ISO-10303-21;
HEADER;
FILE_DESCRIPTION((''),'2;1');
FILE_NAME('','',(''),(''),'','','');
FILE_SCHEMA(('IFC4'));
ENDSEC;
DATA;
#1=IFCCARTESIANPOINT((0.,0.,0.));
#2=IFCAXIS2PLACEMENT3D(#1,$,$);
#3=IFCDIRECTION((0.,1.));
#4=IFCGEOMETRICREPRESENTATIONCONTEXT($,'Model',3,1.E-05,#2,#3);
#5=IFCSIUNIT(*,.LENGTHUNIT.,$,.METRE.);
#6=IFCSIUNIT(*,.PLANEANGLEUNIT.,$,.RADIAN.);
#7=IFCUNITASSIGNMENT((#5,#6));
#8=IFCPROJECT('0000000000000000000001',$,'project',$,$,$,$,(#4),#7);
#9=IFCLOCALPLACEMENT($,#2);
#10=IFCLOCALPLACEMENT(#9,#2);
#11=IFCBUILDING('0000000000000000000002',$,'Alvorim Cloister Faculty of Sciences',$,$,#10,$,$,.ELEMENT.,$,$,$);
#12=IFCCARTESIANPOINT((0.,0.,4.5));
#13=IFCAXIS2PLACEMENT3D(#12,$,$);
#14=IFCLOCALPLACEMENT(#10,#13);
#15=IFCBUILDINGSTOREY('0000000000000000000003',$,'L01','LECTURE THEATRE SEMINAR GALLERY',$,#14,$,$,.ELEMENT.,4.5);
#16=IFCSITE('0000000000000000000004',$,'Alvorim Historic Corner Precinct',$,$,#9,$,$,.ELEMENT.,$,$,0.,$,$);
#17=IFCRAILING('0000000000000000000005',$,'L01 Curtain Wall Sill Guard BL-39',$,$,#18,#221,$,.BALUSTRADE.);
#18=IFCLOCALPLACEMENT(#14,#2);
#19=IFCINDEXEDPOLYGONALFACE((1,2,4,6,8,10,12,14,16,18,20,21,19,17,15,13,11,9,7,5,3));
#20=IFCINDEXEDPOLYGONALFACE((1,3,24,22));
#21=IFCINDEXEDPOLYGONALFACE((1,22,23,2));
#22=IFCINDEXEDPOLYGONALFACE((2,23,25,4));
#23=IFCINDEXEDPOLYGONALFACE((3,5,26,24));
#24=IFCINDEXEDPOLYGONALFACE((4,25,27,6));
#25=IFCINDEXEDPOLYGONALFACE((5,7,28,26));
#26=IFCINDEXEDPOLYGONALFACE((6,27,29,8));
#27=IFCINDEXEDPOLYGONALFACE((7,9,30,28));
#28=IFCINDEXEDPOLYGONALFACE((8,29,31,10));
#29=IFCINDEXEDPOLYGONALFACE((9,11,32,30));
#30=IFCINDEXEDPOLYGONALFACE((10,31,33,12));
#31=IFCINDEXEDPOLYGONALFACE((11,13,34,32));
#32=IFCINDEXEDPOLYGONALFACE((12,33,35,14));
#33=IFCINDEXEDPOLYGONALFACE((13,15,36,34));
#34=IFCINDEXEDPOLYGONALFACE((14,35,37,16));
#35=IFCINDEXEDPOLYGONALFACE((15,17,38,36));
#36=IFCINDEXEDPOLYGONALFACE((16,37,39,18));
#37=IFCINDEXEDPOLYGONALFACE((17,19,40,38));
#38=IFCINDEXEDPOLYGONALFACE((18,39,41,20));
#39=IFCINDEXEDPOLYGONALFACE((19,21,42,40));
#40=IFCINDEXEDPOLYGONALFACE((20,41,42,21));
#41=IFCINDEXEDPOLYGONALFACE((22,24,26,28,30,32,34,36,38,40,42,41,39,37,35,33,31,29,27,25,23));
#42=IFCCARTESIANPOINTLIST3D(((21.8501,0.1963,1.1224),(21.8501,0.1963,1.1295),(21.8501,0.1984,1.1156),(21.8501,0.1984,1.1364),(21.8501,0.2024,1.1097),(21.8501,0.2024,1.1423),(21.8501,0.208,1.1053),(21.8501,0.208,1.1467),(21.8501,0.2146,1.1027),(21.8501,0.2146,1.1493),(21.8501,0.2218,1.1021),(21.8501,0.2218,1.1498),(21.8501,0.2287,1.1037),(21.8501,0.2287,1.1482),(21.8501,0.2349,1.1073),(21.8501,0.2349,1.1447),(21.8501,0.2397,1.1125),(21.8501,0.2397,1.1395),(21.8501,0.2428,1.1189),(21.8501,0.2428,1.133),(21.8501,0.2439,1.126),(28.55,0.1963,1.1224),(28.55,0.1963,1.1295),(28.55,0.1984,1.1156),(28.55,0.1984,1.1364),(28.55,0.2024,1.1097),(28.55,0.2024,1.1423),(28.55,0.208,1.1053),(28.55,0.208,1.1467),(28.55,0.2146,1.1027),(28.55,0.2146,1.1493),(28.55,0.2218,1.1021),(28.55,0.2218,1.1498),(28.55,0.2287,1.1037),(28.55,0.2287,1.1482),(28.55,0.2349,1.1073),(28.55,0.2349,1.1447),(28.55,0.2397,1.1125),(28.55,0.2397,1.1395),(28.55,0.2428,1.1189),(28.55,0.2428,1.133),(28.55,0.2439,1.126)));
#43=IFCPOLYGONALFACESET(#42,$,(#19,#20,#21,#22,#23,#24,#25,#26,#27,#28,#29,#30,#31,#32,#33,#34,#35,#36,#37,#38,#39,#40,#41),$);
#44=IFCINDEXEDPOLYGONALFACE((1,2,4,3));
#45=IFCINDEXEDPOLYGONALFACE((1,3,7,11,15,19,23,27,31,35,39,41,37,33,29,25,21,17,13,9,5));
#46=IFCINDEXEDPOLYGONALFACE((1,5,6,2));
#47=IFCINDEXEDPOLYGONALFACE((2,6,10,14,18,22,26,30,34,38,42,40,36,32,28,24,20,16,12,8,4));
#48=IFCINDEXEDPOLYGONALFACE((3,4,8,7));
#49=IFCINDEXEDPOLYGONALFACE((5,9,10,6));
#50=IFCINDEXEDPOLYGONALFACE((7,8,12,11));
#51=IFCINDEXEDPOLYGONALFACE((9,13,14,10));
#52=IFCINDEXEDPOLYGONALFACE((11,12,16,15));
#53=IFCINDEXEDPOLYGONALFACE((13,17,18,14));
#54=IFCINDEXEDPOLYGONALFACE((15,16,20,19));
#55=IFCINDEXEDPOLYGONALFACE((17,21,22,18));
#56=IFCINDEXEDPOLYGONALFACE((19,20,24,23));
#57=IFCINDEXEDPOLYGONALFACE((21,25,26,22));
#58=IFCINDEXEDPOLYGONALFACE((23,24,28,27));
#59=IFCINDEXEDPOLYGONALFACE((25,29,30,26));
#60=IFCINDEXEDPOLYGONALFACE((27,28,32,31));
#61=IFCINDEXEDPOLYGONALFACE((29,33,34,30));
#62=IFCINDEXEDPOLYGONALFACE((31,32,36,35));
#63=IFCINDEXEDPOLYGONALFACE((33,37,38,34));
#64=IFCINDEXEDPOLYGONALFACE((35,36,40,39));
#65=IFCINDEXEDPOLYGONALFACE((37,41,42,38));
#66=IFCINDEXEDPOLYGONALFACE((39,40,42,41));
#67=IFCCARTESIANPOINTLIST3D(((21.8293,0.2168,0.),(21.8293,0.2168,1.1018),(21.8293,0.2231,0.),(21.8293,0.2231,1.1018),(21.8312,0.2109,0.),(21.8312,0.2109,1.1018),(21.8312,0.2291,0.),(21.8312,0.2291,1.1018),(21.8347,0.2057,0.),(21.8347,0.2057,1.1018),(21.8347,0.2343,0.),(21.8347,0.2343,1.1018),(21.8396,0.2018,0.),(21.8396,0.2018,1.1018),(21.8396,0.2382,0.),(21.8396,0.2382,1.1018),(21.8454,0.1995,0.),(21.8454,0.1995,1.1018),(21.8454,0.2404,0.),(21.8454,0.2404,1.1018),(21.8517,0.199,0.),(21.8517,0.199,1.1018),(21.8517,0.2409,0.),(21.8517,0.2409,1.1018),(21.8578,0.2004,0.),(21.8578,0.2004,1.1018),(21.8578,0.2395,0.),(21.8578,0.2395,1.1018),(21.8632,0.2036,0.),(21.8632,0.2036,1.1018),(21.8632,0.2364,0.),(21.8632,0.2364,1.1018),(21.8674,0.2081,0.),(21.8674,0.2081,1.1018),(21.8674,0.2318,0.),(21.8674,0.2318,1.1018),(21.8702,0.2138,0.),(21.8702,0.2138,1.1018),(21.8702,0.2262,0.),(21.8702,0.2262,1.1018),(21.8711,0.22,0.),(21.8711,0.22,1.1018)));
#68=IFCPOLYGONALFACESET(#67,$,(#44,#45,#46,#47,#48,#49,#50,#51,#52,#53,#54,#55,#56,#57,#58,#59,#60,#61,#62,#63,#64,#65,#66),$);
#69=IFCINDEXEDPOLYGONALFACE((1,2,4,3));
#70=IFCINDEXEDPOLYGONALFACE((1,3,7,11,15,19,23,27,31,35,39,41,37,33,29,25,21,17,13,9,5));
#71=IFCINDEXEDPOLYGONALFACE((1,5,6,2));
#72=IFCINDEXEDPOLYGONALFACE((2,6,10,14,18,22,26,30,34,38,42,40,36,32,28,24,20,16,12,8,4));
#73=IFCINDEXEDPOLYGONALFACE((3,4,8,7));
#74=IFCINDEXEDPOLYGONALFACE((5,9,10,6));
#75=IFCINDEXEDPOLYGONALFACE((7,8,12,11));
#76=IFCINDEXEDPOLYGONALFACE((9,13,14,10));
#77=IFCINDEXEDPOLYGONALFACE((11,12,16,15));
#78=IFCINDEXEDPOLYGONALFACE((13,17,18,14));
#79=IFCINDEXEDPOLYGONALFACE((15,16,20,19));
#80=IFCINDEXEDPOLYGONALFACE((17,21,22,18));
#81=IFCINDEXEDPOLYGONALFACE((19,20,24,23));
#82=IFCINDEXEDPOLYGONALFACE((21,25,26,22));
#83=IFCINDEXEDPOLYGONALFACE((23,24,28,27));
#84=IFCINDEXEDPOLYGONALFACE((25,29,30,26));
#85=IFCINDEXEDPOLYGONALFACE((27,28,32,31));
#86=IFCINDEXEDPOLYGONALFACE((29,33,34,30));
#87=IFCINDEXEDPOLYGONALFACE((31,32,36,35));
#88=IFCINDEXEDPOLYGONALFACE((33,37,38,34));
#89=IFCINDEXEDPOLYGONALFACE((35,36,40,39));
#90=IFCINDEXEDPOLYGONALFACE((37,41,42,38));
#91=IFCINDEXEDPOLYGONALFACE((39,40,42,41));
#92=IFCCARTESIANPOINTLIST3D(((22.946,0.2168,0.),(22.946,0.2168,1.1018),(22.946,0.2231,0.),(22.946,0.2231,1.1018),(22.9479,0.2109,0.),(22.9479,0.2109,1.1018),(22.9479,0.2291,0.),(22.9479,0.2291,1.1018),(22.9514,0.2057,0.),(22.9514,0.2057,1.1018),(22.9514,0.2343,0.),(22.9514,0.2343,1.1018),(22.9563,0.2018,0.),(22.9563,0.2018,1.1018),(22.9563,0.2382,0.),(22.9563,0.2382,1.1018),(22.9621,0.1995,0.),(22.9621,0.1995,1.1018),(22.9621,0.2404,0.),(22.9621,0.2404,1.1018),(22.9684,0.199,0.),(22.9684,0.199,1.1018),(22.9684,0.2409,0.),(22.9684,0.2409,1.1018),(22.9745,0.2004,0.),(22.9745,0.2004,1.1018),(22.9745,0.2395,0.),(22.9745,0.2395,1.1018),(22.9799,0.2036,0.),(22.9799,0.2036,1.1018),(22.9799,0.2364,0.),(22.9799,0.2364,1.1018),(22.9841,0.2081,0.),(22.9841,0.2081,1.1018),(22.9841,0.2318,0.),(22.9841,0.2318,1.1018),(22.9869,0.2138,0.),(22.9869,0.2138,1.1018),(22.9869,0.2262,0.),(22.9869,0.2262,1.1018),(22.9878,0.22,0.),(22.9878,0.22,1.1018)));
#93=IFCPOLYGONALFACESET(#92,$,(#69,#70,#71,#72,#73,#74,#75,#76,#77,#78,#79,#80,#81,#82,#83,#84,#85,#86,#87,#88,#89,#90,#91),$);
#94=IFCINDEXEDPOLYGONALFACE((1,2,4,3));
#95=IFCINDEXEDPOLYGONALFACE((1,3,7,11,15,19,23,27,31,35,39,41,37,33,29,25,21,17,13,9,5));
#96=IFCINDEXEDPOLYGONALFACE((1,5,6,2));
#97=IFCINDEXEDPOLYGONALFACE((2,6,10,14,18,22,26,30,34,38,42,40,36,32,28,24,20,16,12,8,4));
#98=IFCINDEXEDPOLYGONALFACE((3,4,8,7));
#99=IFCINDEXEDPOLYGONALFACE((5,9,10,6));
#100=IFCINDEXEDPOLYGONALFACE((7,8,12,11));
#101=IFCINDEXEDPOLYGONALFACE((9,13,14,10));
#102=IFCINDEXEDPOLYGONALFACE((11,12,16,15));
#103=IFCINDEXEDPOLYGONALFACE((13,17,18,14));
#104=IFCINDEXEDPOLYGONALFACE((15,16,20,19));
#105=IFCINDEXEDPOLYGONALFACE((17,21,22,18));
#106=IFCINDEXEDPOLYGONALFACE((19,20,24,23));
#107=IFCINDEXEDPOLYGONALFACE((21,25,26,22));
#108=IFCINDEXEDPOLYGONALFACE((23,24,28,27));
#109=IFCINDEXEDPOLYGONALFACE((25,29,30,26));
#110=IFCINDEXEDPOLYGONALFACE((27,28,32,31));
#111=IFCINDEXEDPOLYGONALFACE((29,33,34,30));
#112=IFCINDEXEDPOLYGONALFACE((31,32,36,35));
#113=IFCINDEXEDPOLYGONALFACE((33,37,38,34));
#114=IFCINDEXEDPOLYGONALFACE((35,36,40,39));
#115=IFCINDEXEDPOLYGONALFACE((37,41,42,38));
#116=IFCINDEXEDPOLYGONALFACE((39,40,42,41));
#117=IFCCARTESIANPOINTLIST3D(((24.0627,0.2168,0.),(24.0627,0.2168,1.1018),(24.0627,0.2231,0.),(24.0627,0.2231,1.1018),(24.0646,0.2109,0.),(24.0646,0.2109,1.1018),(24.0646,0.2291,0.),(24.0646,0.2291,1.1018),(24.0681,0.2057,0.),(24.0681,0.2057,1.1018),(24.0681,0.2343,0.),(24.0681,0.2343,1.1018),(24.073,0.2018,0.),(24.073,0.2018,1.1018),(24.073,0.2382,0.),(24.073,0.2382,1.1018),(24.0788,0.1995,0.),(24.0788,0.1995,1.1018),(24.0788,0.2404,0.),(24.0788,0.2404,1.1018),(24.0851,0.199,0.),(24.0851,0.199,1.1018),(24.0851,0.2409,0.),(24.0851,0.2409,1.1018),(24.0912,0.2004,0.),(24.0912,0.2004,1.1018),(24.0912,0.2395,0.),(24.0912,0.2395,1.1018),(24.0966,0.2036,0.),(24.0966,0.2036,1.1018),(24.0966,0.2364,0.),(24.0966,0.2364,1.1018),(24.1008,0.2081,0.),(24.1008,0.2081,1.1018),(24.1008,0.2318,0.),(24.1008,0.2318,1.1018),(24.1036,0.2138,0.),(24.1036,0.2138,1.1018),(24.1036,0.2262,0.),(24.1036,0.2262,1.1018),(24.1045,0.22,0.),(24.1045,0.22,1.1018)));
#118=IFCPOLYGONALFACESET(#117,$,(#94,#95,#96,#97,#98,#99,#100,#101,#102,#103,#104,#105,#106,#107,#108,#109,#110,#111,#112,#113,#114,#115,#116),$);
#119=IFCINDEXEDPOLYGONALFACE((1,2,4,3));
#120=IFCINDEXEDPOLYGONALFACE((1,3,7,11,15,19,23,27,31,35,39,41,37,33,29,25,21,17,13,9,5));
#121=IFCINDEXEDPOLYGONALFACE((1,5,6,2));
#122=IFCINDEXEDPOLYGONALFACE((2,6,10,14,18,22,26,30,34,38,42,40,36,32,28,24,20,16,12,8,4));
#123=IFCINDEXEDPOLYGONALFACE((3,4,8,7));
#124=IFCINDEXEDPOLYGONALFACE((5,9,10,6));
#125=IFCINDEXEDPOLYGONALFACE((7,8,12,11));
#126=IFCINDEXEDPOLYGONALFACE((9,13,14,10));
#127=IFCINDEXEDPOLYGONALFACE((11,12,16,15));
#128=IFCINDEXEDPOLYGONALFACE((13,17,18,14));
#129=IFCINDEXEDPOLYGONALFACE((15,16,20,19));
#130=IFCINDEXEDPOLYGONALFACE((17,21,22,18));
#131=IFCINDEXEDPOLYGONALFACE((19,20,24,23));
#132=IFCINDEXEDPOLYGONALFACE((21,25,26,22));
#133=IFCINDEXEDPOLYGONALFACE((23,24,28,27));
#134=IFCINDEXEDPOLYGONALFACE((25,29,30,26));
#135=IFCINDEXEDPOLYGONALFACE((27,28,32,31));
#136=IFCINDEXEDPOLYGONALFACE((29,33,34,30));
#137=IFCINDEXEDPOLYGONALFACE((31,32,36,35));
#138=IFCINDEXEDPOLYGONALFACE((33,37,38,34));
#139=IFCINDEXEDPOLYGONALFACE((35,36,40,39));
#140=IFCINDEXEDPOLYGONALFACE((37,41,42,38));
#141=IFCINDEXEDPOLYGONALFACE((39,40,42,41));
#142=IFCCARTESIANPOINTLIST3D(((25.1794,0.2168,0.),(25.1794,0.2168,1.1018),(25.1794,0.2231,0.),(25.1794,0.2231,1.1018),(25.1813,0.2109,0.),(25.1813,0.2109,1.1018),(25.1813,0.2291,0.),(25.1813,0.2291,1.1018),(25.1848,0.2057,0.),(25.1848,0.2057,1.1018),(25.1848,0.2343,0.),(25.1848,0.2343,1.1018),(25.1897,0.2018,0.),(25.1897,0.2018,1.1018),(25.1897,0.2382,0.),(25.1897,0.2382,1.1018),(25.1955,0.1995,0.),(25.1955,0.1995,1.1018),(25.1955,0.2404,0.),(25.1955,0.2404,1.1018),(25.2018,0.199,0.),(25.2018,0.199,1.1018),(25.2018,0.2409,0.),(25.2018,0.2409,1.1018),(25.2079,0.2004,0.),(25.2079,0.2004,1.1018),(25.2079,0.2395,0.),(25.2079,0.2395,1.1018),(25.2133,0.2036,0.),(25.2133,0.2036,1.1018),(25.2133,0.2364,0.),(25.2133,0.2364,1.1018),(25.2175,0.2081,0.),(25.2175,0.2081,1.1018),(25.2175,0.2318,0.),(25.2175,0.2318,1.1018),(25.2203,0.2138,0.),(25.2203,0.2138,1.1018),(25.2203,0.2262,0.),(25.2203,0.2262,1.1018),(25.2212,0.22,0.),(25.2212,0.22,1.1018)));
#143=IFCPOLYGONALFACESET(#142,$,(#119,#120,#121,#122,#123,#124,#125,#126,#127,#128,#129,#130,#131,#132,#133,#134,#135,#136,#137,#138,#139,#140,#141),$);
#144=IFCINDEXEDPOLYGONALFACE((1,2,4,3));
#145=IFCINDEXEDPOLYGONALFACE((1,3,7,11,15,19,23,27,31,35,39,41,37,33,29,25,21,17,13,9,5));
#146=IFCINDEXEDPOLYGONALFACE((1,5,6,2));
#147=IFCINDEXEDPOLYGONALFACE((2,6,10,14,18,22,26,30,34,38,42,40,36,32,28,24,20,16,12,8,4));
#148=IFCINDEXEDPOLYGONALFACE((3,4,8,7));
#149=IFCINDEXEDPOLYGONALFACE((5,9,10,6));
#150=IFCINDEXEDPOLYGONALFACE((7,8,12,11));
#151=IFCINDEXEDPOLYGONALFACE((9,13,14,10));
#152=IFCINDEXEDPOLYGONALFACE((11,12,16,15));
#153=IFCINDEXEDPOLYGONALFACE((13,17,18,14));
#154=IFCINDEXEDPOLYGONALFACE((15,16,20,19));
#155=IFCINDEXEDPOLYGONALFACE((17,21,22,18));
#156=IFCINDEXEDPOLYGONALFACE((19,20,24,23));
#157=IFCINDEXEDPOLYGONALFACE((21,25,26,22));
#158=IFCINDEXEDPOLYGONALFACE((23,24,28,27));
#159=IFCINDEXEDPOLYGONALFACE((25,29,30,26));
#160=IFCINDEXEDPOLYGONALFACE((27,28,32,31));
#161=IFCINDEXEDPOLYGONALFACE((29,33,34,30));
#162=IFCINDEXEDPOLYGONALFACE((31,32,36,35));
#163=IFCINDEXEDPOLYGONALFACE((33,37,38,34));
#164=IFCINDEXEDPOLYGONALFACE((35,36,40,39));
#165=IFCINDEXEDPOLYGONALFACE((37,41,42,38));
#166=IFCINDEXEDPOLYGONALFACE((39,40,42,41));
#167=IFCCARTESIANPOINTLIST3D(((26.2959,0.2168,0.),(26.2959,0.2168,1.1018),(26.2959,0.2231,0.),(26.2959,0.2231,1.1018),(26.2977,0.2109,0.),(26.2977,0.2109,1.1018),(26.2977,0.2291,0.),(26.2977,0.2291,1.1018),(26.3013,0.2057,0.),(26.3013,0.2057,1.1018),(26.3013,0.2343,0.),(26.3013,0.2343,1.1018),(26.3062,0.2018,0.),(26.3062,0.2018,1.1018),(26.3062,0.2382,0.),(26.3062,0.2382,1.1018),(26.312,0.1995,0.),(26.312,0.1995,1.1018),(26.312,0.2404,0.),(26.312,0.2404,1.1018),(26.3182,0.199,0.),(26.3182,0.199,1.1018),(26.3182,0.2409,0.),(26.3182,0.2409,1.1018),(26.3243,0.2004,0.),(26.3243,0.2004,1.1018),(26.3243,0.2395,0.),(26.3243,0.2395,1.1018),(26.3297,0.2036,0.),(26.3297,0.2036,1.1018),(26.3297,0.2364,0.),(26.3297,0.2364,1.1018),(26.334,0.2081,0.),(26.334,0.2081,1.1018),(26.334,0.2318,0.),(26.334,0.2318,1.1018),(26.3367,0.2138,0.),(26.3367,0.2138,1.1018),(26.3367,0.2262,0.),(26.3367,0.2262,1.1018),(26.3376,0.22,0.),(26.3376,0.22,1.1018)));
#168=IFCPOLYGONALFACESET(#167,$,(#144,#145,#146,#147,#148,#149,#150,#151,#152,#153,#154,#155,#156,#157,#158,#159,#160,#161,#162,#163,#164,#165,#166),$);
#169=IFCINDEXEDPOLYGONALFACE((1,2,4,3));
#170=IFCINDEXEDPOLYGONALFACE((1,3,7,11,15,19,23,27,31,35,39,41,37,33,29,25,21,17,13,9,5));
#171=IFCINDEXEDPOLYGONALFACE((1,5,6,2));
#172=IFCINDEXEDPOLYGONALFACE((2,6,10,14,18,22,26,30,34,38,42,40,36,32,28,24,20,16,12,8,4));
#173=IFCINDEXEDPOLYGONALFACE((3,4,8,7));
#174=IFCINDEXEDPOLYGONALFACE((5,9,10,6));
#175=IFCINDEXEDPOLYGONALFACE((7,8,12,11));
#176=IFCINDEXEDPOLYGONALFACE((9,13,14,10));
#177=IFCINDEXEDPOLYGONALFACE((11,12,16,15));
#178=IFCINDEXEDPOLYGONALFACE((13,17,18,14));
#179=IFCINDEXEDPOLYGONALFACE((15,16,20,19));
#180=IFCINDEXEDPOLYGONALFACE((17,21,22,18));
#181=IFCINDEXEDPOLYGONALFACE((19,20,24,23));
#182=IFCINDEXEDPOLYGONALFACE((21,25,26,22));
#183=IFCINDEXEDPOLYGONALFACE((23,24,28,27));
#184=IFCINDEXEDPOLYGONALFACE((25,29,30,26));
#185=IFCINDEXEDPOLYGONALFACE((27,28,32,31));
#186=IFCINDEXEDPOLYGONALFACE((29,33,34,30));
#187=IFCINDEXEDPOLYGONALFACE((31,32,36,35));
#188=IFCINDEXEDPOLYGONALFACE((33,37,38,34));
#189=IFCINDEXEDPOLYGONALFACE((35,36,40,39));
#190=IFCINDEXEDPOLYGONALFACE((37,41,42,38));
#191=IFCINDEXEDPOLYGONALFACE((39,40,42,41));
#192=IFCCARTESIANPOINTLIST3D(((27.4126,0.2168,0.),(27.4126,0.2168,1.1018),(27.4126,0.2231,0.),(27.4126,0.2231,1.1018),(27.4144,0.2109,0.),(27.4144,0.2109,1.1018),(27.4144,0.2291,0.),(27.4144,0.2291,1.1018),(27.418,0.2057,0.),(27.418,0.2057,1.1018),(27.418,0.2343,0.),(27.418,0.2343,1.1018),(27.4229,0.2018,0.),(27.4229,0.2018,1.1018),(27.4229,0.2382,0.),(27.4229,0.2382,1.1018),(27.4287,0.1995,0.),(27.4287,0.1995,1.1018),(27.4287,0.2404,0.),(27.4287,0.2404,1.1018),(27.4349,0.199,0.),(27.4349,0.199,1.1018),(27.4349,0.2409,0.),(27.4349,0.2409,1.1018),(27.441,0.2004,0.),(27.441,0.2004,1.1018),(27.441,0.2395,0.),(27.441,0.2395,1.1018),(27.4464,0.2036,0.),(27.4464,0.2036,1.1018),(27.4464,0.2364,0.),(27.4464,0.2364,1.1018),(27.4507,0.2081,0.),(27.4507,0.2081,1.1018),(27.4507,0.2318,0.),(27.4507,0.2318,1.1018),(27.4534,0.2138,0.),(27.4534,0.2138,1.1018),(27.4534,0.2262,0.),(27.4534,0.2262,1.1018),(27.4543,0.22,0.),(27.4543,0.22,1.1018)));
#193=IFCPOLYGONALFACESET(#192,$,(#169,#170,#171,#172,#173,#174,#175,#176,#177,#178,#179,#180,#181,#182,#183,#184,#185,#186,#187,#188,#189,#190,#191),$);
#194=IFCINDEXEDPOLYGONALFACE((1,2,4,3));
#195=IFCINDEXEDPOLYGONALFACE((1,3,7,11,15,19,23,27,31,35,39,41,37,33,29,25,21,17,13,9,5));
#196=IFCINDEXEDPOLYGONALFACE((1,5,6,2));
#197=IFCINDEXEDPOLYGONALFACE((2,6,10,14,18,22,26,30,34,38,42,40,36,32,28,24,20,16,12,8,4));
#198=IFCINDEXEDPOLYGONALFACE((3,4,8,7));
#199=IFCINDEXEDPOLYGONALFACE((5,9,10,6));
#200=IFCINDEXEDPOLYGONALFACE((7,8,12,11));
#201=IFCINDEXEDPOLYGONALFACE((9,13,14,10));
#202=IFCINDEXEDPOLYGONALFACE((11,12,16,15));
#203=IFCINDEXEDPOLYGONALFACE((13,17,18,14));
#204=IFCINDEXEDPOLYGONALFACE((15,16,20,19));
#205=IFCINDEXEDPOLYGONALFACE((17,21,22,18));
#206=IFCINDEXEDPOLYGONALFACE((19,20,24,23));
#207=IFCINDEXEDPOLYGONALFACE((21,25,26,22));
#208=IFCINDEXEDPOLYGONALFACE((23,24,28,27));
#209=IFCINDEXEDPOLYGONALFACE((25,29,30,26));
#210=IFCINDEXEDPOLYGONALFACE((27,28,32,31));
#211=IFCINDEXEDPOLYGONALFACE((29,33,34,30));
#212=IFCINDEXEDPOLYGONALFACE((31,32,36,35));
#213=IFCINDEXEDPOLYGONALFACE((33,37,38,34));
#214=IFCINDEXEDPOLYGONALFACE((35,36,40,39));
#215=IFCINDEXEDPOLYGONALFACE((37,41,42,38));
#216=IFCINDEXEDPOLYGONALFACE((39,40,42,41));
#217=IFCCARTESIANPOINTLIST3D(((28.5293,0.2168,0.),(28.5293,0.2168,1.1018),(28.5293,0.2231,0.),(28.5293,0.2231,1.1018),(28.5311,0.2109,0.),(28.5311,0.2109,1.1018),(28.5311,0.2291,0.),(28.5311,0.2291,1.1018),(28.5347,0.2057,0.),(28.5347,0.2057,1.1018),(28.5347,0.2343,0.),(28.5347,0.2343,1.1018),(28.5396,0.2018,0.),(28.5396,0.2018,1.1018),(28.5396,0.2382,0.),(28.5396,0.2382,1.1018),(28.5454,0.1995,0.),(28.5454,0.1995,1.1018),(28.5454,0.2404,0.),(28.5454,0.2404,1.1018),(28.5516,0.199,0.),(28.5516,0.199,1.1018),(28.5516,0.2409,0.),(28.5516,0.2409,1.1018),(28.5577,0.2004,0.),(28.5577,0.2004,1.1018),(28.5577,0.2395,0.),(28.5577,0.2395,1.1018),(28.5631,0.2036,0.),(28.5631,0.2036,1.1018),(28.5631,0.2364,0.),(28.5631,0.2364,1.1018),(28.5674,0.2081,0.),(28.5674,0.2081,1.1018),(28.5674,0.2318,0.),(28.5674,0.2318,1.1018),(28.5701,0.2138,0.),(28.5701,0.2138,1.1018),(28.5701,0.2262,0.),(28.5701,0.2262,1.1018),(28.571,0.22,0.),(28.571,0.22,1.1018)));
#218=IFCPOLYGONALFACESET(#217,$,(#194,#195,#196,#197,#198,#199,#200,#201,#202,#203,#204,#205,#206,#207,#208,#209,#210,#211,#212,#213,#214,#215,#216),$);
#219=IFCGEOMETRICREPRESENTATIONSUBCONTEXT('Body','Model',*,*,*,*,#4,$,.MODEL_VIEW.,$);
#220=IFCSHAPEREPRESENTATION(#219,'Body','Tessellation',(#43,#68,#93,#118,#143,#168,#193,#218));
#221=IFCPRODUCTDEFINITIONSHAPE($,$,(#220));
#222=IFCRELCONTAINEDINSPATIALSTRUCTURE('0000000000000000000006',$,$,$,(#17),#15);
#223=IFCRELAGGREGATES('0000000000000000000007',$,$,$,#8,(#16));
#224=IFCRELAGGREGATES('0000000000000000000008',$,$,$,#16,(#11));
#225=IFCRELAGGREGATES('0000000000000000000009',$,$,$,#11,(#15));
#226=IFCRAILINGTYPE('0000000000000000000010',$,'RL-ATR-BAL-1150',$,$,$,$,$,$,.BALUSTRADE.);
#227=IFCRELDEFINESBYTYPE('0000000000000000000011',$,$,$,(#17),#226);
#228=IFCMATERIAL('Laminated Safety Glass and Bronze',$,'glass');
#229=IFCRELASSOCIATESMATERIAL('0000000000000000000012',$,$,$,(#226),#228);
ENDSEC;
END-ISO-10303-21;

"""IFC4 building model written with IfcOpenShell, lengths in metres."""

from ifc_helpers import new_model, si_unit, direction, frame, origin, origin_2d, place, context, subcontext, project, spatial, circle, extrude, material, type_object, element, save


model = new_model("IFC4")

# Units and contexts
model_context = context("Model", 3, precision=1e-05, world=origin(), true_north=direction((0.0, 1.0)))
body_context = subcontext(model_context, "Body", "Model", "MODEL_VIEW")
ifc_project = project(units=[si_unit("LENGTHUNIT", "METRE"), si_unit("PLANEANGLEUNIT", "RADIAN")], contexts=[model_context])

# Site, building, storey
site_placement = place(None, origin())
site = spatial("IfcSite", under=ifc_project, at=site_placement, Name="Alvorim Historic Corner Precinct", CompositionType="ELEMENT", RefElevation=0.0)
building_placement = place(site_placement, origin())
building = spatial("IfcBuilding", under=site, at=building_placement, Name="Alvorim Cloister Faculty of Sciences", CompositionType="ELEMENT")
storey_placement = place(building_placement, frame((0.0, 0.0, 4.5)))
storey = spatial("IfcBuildingStorey", under=building, at=storey_placement, Name="L01", Description="LECTURE THEATRE SEMINAR GALLERY", CompositionType="ELEMENT", Elevation=4.5)

# Railing
ifc_material_1 = material(Name="Laminated Safety Glass and Bronze", Category="glass")
railing_type = type_object("IfcRailingType", Name="RL-ATR-BAL-1150", PredefinedType="BALUSTRADE", material=ifc_material_1)
railing_placement = place(storey_placement, frame((21.8501, 0.22, 0.0)))
element("IfcRailing", 1, at=railing_placement, inside=storey, type_object=railing_type, Name="L01 Curtain Wall Sill Guard BL-39", PredefinedType="BALUSTRADE", context=body_context, shape_type="SweptSolid", body=[
    extrude(circle(Radius=0.0239, at=origin_2d()), frame((0.0, 0.0, 1.126), z_axis=(1.0, 0.0, 0.0), x_axis=(0.0, 1.0, 0.0)), (0.0, 0.0, 1.0), 6.7),
    extrude(circle(Radius=0.021, at=origin_2d()), origin(), (0.0, 0.0, 1.0), 1.1018),
    extrude(circle(Radius=0.021, at=origin_2d()), frame((1.1167, 0.0, 0.0)), (0.0, 0.0, 1.0), 1.1018),
    extrude(circle(Radius=0.021, at=origin_2d()), frame((2.2334, 0.0, 0.0)), (0.0, 0.0, 1.0), 1.1018),
    extrude(circle(Radius=0.021, at=origin_2d()), frame((3.3501, 0.0, 0.0)), (0.0, 0.0, 1.0), 1.1018),
    extrude(circle(Radius=0.021, at=origin_2d()), frame((4.4666, 0.0, 0.0)), (0.0, 0.0, 1.0), 1.1018),
    extrude(circle(Radius=0.021, at=origin_2d()), frame((5.5833, 0.0, 0.0)), (0.0, 0.0, 1.0), 1.1018),
    extrude(circle(Radius=0.021, at=origin_2d()), frame((6.7, 0.0, 0.0)), (0.0, 0.0, 1.0), 1.1018),
])

save(model, "model.ifc")
